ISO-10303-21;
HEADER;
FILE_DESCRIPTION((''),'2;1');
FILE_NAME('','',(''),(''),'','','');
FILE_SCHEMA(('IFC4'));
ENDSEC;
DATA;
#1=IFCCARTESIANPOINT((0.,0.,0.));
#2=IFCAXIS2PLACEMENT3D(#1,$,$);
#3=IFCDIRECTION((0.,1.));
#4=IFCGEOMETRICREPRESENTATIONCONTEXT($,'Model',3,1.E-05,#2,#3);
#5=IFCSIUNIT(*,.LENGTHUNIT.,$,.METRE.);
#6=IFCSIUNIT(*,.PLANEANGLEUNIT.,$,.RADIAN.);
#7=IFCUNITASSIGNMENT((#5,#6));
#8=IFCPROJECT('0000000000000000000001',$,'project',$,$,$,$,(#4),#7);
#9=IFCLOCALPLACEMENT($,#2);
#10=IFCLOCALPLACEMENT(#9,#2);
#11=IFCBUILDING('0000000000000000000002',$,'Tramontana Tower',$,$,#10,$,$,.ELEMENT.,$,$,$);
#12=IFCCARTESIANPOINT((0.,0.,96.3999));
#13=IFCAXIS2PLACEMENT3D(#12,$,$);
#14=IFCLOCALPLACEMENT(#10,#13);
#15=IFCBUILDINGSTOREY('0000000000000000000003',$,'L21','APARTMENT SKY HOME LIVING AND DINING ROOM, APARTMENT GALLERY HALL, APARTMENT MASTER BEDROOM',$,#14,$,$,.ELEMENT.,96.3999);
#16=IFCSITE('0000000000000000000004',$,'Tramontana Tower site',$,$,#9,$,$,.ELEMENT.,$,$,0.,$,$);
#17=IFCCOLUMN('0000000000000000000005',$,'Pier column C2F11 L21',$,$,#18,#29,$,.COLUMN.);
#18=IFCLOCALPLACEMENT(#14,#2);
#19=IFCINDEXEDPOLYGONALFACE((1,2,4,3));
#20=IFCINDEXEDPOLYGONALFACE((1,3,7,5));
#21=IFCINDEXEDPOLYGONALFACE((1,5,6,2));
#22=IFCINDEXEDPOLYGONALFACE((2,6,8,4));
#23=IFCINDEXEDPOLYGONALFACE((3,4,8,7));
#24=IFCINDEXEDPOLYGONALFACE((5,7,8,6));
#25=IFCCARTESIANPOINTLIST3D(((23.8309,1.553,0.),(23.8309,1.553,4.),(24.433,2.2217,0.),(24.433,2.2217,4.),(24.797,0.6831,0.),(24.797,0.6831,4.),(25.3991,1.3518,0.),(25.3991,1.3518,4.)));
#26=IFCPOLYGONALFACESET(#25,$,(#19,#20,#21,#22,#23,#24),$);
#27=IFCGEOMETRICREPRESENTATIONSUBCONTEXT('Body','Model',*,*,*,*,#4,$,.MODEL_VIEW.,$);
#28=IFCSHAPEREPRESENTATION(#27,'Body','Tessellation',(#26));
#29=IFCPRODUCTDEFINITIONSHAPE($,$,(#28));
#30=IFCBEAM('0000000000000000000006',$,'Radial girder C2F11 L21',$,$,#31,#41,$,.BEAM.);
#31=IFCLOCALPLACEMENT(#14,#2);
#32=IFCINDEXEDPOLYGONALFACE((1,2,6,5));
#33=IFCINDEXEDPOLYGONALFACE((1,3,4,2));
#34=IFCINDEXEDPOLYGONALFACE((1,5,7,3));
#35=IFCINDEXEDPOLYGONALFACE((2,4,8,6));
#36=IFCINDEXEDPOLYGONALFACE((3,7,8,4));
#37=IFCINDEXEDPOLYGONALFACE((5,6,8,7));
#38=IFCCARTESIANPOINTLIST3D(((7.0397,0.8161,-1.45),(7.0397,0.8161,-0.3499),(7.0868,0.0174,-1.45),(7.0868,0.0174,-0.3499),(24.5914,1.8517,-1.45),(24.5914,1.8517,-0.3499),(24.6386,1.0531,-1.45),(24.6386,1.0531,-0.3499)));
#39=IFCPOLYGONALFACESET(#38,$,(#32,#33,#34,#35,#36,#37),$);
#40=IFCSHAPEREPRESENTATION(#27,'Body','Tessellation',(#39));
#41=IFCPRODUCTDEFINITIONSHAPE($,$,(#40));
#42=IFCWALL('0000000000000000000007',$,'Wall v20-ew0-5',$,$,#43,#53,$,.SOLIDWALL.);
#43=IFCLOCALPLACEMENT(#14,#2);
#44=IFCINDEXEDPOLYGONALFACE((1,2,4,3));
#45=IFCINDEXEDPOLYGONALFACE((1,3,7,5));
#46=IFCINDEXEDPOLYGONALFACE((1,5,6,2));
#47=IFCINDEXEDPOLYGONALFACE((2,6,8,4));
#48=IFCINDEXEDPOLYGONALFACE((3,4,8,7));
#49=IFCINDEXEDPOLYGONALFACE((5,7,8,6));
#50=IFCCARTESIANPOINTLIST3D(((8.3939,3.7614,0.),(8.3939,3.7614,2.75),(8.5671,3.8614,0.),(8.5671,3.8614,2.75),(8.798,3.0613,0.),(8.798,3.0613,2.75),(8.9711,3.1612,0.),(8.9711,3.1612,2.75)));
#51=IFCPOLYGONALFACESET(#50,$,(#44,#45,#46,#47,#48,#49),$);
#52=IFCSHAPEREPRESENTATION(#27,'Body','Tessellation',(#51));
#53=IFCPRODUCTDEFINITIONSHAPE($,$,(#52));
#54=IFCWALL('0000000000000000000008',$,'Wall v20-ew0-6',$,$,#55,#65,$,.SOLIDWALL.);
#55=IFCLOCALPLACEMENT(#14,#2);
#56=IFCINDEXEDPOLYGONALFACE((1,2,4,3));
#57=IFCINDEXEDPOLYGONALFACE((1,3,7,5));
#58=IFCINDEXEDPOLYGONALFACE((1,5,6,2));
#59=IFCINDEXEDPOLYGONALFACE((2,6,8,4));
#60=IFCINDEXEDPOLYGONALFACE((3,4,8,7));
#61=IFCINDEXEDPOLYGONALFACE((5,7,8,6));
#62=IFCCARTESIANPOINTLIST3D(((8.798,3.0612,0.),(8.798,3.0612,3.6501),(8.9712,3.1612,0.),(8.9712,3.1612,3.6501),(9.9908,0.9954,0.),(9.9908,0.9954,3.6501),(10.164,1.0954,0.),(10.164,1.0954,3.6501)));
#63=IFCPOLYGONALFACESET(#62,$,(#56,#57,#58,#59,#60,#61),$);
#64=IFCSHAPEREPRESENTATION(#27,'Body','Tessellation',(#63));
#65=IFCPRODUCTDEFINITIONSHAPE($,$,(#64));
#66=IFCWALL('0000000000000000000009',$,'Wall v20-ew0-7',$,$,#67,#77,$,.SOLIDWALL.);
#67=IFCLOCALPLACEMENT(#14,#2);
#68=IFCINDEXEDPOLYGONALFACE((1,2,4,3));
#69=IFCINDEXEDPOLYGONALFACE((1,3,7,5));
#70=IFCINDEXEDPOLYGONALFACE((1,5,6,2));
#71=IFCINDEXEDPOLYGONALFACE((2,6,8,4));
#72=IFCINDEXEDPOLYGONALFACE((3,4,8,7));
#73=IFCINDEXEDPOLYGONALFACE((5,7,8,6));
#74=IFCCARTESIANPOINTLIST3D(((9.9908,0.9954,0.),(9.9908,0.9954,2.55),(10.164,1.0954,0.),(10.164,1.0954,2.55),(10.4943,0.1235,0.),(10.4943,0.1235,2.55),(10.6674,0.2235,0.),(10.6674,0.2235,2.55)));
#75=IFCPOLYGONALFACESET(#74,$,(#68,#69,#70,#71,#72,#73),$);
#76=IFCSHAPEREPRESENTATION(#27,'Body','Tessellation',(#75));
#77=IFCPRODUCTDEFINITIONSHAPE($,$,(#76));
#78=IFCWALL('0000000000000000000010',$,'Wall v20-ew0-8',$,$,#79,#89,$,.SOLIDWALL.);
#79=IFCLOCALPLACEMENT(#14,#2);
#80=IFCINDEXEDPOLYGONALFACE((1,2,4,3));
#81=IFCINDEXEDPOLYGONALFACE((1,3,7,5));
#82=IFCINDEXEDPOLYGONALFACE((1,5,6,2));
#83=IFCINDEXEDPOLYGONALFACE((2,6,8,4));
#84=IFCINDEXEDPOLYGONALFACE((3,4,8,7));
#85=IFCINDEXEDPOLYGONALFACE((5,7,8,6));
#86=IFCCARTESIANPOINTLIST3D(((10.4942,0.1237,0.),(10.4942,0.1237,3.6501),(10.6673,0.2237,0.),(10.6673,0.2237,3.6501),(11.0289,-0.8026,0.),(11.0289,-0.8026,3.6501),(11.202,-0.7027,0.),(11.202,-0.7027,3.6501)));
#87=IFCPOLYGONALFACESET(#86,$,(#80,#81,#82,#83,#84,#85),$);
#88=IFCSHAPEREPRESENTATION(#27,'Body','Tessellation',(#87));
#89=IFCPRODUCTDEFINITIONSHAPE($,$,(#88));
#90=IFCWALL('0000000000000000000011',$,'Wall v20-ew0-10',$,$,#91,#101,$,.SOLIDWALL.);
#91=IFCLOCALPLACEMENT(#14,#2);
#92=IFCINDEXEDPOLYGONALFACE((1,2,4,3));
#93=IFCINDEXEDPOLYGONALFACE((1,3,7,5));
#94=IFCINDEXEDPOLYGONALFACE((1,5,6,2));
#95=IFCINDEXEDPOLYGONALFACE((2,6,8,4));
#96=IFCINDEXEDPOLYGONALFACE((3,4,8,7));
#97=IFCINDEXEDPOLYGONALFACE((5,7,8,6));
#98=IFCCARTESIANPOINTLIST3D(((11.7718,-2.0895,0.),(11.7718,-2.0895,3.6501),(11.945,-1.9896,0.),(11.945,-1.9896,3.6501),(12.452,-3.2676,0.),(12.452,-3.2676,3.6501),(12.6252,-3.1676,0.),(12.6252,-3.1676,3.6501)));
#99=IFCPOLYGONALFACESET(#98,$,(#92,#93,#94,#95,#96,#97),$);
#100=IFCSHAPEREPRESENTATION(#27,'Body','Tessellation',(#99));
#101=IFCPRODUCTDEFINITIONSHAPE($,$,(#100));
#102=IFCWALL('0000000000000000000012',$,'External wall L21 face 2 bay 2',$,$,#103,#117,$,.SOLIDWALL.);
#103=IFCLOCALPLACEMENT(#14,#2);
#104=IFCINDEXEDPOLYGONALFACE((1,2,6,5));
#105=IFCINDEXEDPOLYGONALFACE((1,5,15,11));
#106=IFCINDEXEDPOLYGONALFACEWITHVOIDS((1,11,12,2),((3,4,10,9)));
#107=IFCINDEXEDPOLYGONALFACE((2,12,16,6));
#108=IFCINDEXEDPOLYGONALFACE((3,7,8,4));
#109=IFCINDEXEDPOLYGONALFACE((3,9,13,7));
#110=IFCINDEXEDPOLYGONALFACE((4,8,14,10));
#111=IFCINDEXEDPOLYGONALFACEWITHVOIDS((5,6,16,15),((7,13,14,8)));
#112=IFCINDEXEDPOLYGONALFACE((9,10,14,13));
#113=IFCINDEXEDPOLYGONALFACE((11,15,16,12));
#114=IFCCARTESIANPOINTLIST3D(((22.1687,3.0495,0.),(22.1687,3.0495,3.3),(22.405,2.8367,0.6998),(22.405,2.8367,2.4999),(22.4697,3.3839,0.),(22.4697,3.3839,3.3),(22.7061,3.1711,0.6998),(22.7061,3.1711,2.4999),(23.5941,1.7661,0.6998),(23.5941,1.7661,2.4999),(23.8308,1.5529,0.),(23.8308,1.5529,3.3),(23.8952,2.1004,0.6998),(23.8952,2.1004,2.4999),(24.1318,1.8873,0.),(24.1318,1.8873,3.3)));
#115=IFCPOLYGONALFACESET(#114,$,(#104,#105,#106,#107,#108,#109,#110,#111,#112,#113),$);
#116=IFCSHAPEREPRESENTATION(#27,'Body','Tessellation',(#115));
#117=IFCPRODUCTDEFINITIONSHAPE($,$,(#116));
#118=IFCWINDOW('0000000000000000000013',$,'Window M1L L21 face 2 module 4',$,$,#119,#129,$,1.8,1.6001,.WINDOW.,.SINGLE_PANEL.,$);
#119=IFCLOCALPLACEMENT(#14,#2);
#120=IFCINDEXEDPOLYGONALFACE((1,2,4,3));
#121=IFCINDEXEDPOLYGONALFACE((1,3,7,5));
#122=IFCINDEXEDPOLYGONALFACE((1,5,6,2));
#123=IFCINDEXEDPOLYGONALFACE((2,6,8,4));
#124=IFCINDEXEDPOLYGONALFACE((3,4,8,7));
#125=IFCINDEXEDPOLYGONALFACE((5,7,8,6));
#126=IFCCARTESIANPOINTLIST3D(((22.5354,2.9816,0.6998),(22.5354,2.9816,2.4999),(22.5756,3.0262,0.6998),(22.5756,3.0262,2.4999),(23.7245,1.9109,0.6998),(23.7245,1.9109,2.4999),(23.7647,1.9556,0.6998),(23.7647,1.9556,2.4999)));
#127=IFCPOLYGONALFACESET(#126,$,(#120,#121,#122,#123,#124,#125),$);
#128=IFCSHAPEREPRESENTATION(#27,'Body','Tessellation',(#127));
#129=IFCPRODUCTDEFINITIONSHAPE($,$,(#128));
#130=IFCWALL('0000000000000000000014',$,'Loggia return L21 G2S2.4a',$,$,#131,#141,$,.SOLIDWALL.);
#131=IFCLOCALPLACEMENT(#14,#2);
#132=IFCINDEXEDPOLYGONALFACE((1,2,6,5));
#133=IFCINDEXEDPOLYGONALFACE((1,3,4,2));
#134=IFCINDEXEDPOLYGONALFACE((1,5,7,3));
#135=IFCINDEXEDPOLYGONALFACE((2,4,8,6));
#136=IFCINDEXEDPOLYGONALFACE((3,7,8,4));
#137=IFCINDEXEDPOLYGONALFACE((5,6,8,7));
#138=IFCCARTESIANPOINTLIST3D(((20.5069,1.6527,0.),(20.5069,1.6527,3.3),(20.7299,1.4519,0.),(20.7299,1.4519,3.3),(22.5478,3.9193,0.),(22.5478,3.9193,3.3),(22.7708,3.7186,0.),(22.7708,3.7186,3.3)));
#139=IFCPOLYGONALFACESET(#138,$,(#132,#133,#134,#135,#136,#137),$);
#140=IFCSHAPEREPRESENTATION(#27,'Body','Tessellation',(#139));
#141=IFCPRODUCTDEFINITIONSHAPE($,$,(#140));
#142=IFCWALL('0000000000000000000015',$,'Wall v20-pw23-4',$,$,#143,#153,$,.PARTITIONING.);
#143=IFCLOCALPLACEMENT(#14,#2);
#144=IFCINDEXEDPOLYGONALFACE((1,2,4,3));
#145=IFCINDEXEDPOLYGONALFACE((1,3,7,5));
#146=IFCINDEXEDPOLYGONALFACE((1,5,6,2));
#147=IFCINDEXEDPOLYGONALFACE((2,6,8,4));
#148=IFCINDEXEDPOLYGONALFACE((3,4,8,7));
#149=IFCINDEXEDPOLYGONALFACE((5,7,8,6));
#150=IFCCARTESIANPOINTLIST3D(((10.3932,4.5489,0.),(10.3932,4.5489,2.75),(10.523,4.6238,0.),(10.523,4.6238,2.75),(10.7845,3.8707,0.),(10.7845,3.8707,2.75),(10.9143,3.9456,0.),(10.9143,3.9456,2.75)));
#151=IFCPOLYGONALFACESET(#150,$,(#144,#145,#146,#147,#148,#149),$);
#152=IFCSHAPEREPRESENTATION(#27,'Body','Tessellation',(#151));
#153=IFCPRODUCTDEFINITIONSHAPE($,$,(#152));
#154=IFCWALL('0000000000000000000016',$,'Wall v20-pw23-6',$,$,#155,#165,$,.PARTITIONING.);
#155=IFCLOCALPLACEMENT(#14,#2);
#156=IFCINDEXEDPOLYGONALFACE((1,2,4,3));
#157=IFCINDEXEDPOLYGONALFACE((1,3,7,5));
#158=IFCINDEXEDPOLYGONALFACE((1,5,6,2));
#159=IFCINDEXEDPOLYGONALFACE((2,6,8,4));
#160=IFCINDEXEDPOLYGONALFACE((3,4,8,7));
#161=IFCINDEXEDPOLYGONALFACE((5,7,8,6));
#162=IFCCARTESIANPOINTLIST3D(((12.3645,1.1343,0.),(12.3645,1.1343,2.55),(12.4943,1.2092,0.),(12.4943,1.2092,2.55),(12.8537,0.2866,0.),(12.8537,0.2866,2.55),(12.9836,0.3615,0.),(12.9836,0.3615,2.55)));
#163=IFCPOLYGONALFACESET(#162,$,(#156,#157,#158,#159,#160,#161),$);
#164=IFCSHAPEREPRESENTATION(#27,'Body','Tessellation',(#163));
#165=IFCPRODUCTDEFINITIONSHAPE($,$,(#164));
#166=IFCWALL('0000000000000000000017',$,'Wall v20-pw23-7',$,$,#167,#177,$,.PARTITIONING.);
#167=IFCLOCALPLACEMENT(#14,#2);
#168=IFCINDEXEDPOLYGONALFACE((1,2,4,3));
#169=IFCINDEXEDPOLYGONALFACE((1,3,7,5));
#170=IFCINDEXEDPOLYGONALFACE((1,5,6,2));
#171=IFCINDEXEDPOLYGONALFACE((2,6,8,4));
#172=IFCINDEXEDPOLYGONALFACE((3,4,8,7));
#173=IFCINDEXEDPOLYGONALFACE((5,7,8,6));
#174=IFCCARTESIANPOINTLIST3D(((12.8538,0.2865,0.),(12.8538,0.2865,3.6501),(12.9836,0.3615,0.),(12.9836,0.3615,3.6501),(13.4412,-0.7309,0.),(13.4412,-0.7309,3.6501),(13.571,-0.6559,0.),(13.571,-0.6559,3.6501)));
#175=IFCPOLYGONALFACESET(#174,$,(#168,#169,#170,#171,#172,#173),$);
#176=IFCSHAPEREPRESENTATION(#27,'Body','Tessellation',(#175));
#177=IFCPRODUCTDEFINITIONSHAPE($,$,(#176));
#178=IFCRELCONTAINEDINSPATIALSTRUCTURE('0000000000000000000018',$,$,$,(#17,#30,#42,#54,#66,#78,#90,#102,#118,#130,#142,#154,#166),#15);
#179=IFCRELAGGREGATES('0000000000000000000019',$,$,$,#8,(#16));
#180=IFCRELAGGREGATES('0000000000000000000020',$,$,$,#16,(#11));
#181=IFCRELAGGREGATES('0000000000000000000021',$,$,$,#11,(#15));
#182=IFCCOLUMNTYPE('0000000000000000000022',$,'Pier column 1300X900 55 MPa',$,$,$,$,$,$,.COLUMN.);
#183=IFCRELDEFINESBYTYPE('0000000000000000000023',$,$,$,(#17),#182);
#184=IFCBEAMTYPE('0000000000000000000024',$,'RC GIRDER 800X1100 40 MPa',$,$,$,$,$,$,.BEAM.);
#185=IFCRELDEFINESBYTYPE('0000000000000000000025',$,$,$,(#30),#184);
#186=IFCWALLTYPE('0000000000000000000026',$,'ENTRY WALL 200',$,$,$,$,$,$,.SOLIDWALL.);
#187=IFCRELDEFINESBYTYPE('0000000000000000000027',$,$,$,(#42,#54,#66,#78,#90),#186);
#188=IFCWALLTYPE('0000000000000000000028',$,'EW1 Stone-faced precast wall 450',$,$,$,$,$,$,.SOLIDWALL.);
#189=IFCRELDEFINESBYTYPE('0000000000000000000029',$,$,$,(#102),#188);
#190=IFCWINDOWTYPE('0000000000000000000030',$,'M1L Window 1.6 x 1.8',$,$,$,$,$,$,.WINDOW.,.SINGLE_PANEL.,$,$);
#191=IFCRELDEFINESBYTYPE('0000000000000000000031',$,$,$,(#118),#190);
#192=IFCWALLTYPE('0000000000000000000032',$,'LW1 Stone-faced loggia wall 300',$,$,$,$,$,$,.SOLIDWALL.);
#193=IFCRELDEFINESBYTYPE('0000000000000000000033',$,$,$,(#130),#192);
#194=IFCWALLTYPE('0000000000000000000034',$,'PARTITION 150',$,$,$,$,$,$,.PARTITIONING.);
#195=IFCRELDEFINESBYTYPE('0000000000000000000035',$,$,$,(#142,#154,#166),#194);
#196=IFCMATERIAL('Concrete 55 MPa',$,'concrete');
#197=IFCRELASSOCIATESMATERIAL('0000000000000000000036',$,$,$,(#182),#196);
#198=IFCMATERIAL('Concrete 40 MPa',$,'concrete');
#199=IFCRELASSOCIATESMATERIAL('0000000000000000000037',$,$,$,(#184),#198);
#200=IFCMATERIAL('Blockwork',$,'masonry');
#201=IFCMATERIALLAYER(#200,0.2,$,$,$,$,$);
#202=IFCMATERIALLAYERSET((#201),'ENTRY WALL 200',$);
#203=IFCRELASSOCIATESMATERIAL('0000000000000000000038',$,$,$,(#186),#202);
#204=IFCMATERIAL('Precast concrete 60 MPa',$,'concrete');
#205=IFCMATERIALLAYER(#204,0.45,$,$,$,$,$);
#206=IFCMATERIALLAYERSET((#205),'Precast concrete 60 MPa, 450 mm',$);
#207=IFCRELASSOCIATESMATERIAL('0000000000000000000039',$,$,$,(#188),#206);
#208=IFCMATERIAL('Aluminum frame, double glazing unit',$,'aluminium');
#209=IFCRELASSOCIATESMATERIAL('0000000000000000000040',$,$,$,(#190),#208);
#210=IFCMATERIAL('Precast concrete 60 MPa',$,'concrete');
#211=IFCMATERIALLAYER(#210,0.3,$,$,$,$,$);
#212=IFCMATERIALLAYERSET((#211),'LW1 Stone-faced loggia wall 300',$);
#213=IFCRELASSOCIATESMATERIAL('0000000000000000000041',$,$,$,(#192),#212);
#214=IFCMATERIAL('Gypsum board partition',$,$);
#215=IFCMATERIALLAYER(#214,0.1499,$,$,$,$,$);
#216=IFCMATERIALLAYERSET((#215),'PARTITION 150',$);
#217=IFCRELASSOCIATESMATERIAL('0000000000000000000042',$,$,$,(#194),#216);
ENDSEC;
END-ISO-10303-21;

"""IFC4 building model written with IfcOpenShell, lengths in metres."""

from ifc_helpers import new_model, si_unit, direction, frame, frame_2d, origin, origin_2d, place, context, subcontext, project, spatial, rectangle, extrude, material, layer, layer_set, material_profile, profile_set, type_object, element, fill, save


model = new_model("IFC4")

# Units and contexts
model_context = context("Model", 3, precision=1e-05, world=origin(), true_north=direction((0.0, 1.0)))
body_context = subcontext(model_context, "Body", "Model", "MODEL_VIEW")
ifc_project = project(units=[si_unit("LENGTHUNIT", "METRE"), si_unit("PLANEANGLEUNIT", "RADIAN")], contexts=[model_context])

# Site, building, storey
site_placement = place(None, origin())
site = spatial("IfcSite", under=ifc_project, at=site_placement, Name="Tramontana Tower site", CompositionType="ELEMENT", RefElevation=0.0)
building_placement = place(site_placement, origin())
building = spatial("IfcBuilding", under=site, at=building_placement, Name="Tramontana Tower", CompositionType="ELEMENT")
storey_placement = place(building_placement, frame((0.0, 0.0, 96.3999)))
storey = spatial("IfcBuildingStorey", under=building, at=storey_placement, Name="L21", Description="APARTMENT SKY HOME LIVING AND DINING ROOM, APARTMENT GALLERY HALL, APARTMENT MASTER BEDROOM", CompositionType="ELEMENT", Elevation=96.3999)

# Column
ifc_material_1 = material(Name="Concrete 55 MPa", Category="concrete")
ifc_material_profile_1 = material_profile(ifc_material_1, rectangle(XDim=1.3, YDim=0.8999, at=origin_2d()), Name="Pier column 1300X900 55 MPa")
ifc_profile_set_1 = profile_set([ifc_material_profile_1], Name="Concrete 55 MPa")
column_type = type_object("IfcColumnType", Name="Pier column 1300X900 55 MPa", PredefinedType="COLUMN", material=ifc_profile_set_1)
column_placement = place(storey_placement, frame((24.615, 1.4524, 0.0), z_axis=(0.0, 0.0, 1.0), x_axis=(-0.743145, 0.669131, 0.0)))
element("IfcColumn", 1, at=column_placement, inside=storey, type_object=column_type, Name="Pier column C2F11 L21", PredefinedType="COLUMN", context=body_context, shape_type="SweptSolid", body=[
    extrude(rectangle(XDim=1.3, YDim=0.8999, at=origin_2d()), origin(), (0.0, 0.0, 1.0), 4.0),
])

# Beam
ifc_material_2 = material(Name="Concrete 40 MPa", Category="concrete")
ifc_material_profile_2 = material_profile(ifc_material_2, rectangle(XDim=0.8, YDim=1.1001, at=origin_2d()), Name="RC GIRDER 800X1100 40 MPa")
ifc_profile_set_2 = profile_set([ifc_material_profile_2], Name="Concrete 40 MPa")
beam_type = type_object("IfcBeamType", Name="RC GIRDER 800X1100 40 MPa", PredefinedType="BEAM", material=ifc_profile_set_2)
beam_placement = place(storey_placement, frame((24.615, 1.4524, -0.8999), z_axis=(-0.998264, -0.058903, 0.0), x_axis=(0.058903, -0.998264, 0.0)))
element("IfcBeam", 2, at=beam_placement, inside=storey, type_object=beam_type, Name="Radial girder C2F11 L21", PredefinedType="BEAM", context=body_context, shape_type="SweptSolid", body=[
    extrude(rectangle(XDim=0.8, YDim=1.1001, at=origin_2d()), origin(), (0.0, 0.0, 1.0), 17.5823),
])

# Walls
ifc_material_3 = material(Name="Blockwork", Category="masonry")
ifc_layer_1 = layer(ifc_material_3, 0.2)
ifc_layer_set_1 = layer_set([ifc_layer_1], Name="ENTRY WALL 200")
wall_type_1 = type_object("IfcWallType", Name="ENTRY WALL 200", PredefinedType="SOLIDWALL", material=ifc_layer_set_1)
wall_1_placement = place(storey_placement, frame((8.4805, 3.8115, 0.0), z_axis=(0.0, 0.0, 1.0), x_axis=(0.49981, -0.866135, 0.0)))
element("IfcWall", 3, at=wall_1_placement, inside=storey, type_object=wall_type_1, Name="Wall v20-ew0-5", PredefinedType="SOLIDWALL", context=body_context, shape_type="SweptSolid", body=[
    extrude(rectangle(XDim=0.8083, YDim=0.2, at=frame_2d((0.4043, 0.0))), origin(), (0.0, 0.0, 1.0), 2.75),
])
wall_2_placement = place(storey_placement, frame((8.8845, 3.1113, 0.0), z_axis=(0.0, 0.0, 1.0), x_axis=(0.500035, -0.866005, 0.0)))
element("IfcWall", 4, at=wall_2_placement, inside=storey, type_object=wall_type_1, Name="Wall v20-ew0-6", PredefinedType="SOLIDWALL", context=body_context, shape_type="SweptSolid", body=[
    extrude(rectangle(XDim=2.3855, YDim=0.2, at=frame_2d((1.1929, 0.0))), origin(), (0.0, 0.0, 1.0), 3.6501),
])
wall_3_placement = place(storey_placement, frame((10.0774, 1.0454, 0.0), z_axis=(0.0, 0.0, 1.0), x_axis=(0.500051, -0.865996, 0.0)))
element("IfcWall", 5, at=wall_3_placement, inside=storey, type_object=wall_type_1, Name="Wall v20-ew0-7", PredefinedType="SOLIDWALL", context=body_context, shape_type="SweptSolid", body=[
    extrude(rectangle(XDim=1.0068, YDim=0.2, at=frame_2d((0.5034, 0.0))), origin(), (0.0, 0.0, 1.0), 2.55),
])
wall_4_placement = place(storey_placement, frame((10.5808, 0.1736, 0.0), z_axis=(0.0, 0.0, 1.0), x_axis=(0.49992, -0.866072, 0.0)))
element("IfcWall", 6, at=wall_4_placement, inside=storey, type_object=wall_type_1, Name="Wall v20-ew0-8", PredefinedType="SOLIDWALL", context=body_context, shape_type="SweptSolid", body=[
    extrude(rectangle(XDim=1.0696, YDim=0.2, at=frame_2d((0.5347, 0.0))), origin(), (0.0, 0.0, 1.0), 3.6501),
])

# Wall
wall_5_placement = place(storey_placement, frame((11.8584, -2.0396, 0.0), z_axis=(0.0, 0.0, 1.0), x_axis=(0.500038, -0.866003, 0.0)))
element("IfcWall", 7, at=wall_5_placement, inside=storey, type_object=wall_type_1, Name="Wall v20-ew0-10", PredefinedType="SOLIDWALL", context=body_context, shape_type="SweptSolid", body=[
    extrude(rectangle(XDim=1.3604, YDim=0.2, at=frame_2d((0.6802, 0.0))), origin(), (0.0, 0.0, 1.0), 3.6501),
])

# Wall, opening, window
ifc_material_4 = material(Name="Precast concrete 60 MPa", Category="concrete")
ifc_layer_2 = layer(ifc_material_4, 0.45)
ifc_layer_set_2 = layer_set([ifc_layer_2], Name="Precast concrete 60 MPa, 450 mm")
wall_type_2 = type_object("IfcWallType", Name="EW1 Stone-faced precast wall 450", PredefinedType="SOLIDWALL", material=ifc_layer_set_2)
wall_6_placement = place(storey_placement, frame((23.9812, 1.7202, 0.0), z_axis=(0.0, 0.0, 1.0), x_axis=(-0.743142, 0.669134, 0.0)))
wall_6 = element("IfcWall", 8, at=wall_6_placement, inside=storey, type_object=wall_type_2, Name="External wall L21 face 2 bay 2", PredefinedType="SOLIDWALL", context=body_context, shape_type="SweptSolid", body=[
    extrude(rectangle(XDim=2.2366, YDim=0.45, at=frame_2d((1.1182, 0.0))), origin(), (0.0, 0.0, 1.0), 3.3),
])
opening_1_placement = place(wall_6_placement, frame((0.3184, 0.0, 0.7)))
opening_1 = element("IfcOpeningElement", 9, at=opening_1_placement, cuts=wall_6, PredefinedType="OPENING", context=body_context, shape_type="SweptSolid", body=[
    extrude(rectangle(XDim=1.6001, YDim=1.8, at=frame_2d((0.8, 0.8999))), frame((0.0, 0.2349, 0.0), z_axis=(0.0, -1.0, 0.0), x_axis=(1.0, 0.0, 0.0)), (0.0, 0.0, 1.0), 0.47),
])
ifc_material_5 = material(Name="Aluminum frame, double glazing unit", Category="aluminium")
window_type = type_object("IfcWindowType", Name="M1L Window 1.6 x 1.8", PartitioningType="SINGLE_PANEL", PredefinedType="WINDOW", material=ifc_material_5)
window_placement = place(opening_1_placement, origin())
window = element("IfcWindow", 10, at=window_placement, inside=storey, type_object=window_type, Name="Window M1L L21 face 2 module 4", OverallHeight=1.8, OverallWidth=1.6001, PartitioningType="SINGLE_PANEL", PredefinedType="WINDOW", context=body_context, shape_type="SweptSolid", body=[
    extrude(rectangle(XDim=1.6001, YDim=1.8, at=frame_2d((0.8, 0.8999))), frame((0.0, 0.03, 0.0), z_axis=(0.0, -1.0, 0.0), x_axis=(1.0, 0.0, 0.0)), (0.0, 0.0, 1.0), 0.0601),
])
fill(opening_1, window)

# Shared definitions
ifc_material_6 = material(Name="Precast concrete 60 MPa", Category="concrete")
ifc_layer_3 = layer(ifc_material_6, 0.3)
ifc_layer_set_3 = layer_set([ifc_layer_3], Name="LW1 Stone-faced loggia wall 300")
wall_type_3 = type_object("IfcWallType", Name="LW1 Stone-faced loggia wall 300", PredefinedType="SOLIDWALL", material=ifc_layer_set_3)

# Walls
wall_7_placement = place(storey_placement, frame((22.6592, 3.8188, 0.0), z_axis=(0.0, 0.0, 1.0), x_axis=(-0.669115, -0.743159, 0.0)))
element("IfcWall", 11, at=wall_7_placement, inside=storey, type_object=wall_type_3, Name="Loggia return L21 G2S2.4a", PredefinedType="SOLIDWALL", context=body_context, shape_type="SweptSolid", body=[
    extrude(rectangle(XDim=3.05, YDim=0.3, at=frame_2d((1.5249, 0.0))), origin(), (0.0, 0.0, 1.0), 3.3),
])
ifc_material_7 = material(Name="Gypsum board partition")
ifc_layer_4 = layer(ifc_material_7, 0.1499)
ifc_layer_set_4 = layer_set([ifc_layer_4], Name="PARTITION 150")
wall_type_4 = type_object("IfcWallType", Name="PARTITION 150", PredefinedType="PARTITIONING", material=ifc_layer_set_4)
wall_8_placement = place(storey_placement, frame((10.458, 4.5864, 0.0), z_axis=(0.0, 0.0, 1.0), x_axis=(0.499794, -0.866144, 0.0)))
element("IfcWall", 12, at=wall_8_placement, inside=storey, type_object=wall_type_4, Name="Wall v20-pw23-4", PredefinedType="PARTITIONING", context=body_context, shape_type="SweptSolid", body=[
    extrude(rectangle(XDim=0.783, YDim=0.1499, at=frame_2d((0.3916, 0.0))), origin(), (0.0, 0.0, 1.0), 2.75),
])

# Walls
wall_9_placement = place(storey_placement, frame((12.4294, 1.1716, 0.0), z_axis=(0.0, 0.0, 1.0), x_axis=(0.499895, -0.866086, 0.0)))
element("IfcWall", 13, at=wall_9_placement, inside=storey, type_object=wall_type_4, Name="Wall v20-pw23-6", PredefinedType="PARTITIONING", context=body_context, shape_type="SweptSolid", body=[
    extrude(rectangle(XDim=0.9788, YDim=0.1499, at=frame_2d((0.4893, 0.0))), origin(), (0.0, 0.0, 1.0), 2.55),
])
wall_10_placement = place(storey_placement, frame((12.9187, 0.324, 0.0), z_axis=(0.0, 0.0, 1.0), x_axis=(0.500028, -0.866009, 0.0)))
element("IfcWall", 14, at=wall_10_placement, inside=storey, type_object=wall_type_4, Name="Wall v20-pw23-7", PredefinedType="PARTITIONING", context=body_context, shape_type="SweptSolid", body=[
    extrude(rectangle(XDim=1.1748, YDim=0.1499, at=frame_2d((0.5874, 0.0))), origin(), (0.0, 0.0, 1.0), 3.6501),
])

save(model, "model.ifc")
